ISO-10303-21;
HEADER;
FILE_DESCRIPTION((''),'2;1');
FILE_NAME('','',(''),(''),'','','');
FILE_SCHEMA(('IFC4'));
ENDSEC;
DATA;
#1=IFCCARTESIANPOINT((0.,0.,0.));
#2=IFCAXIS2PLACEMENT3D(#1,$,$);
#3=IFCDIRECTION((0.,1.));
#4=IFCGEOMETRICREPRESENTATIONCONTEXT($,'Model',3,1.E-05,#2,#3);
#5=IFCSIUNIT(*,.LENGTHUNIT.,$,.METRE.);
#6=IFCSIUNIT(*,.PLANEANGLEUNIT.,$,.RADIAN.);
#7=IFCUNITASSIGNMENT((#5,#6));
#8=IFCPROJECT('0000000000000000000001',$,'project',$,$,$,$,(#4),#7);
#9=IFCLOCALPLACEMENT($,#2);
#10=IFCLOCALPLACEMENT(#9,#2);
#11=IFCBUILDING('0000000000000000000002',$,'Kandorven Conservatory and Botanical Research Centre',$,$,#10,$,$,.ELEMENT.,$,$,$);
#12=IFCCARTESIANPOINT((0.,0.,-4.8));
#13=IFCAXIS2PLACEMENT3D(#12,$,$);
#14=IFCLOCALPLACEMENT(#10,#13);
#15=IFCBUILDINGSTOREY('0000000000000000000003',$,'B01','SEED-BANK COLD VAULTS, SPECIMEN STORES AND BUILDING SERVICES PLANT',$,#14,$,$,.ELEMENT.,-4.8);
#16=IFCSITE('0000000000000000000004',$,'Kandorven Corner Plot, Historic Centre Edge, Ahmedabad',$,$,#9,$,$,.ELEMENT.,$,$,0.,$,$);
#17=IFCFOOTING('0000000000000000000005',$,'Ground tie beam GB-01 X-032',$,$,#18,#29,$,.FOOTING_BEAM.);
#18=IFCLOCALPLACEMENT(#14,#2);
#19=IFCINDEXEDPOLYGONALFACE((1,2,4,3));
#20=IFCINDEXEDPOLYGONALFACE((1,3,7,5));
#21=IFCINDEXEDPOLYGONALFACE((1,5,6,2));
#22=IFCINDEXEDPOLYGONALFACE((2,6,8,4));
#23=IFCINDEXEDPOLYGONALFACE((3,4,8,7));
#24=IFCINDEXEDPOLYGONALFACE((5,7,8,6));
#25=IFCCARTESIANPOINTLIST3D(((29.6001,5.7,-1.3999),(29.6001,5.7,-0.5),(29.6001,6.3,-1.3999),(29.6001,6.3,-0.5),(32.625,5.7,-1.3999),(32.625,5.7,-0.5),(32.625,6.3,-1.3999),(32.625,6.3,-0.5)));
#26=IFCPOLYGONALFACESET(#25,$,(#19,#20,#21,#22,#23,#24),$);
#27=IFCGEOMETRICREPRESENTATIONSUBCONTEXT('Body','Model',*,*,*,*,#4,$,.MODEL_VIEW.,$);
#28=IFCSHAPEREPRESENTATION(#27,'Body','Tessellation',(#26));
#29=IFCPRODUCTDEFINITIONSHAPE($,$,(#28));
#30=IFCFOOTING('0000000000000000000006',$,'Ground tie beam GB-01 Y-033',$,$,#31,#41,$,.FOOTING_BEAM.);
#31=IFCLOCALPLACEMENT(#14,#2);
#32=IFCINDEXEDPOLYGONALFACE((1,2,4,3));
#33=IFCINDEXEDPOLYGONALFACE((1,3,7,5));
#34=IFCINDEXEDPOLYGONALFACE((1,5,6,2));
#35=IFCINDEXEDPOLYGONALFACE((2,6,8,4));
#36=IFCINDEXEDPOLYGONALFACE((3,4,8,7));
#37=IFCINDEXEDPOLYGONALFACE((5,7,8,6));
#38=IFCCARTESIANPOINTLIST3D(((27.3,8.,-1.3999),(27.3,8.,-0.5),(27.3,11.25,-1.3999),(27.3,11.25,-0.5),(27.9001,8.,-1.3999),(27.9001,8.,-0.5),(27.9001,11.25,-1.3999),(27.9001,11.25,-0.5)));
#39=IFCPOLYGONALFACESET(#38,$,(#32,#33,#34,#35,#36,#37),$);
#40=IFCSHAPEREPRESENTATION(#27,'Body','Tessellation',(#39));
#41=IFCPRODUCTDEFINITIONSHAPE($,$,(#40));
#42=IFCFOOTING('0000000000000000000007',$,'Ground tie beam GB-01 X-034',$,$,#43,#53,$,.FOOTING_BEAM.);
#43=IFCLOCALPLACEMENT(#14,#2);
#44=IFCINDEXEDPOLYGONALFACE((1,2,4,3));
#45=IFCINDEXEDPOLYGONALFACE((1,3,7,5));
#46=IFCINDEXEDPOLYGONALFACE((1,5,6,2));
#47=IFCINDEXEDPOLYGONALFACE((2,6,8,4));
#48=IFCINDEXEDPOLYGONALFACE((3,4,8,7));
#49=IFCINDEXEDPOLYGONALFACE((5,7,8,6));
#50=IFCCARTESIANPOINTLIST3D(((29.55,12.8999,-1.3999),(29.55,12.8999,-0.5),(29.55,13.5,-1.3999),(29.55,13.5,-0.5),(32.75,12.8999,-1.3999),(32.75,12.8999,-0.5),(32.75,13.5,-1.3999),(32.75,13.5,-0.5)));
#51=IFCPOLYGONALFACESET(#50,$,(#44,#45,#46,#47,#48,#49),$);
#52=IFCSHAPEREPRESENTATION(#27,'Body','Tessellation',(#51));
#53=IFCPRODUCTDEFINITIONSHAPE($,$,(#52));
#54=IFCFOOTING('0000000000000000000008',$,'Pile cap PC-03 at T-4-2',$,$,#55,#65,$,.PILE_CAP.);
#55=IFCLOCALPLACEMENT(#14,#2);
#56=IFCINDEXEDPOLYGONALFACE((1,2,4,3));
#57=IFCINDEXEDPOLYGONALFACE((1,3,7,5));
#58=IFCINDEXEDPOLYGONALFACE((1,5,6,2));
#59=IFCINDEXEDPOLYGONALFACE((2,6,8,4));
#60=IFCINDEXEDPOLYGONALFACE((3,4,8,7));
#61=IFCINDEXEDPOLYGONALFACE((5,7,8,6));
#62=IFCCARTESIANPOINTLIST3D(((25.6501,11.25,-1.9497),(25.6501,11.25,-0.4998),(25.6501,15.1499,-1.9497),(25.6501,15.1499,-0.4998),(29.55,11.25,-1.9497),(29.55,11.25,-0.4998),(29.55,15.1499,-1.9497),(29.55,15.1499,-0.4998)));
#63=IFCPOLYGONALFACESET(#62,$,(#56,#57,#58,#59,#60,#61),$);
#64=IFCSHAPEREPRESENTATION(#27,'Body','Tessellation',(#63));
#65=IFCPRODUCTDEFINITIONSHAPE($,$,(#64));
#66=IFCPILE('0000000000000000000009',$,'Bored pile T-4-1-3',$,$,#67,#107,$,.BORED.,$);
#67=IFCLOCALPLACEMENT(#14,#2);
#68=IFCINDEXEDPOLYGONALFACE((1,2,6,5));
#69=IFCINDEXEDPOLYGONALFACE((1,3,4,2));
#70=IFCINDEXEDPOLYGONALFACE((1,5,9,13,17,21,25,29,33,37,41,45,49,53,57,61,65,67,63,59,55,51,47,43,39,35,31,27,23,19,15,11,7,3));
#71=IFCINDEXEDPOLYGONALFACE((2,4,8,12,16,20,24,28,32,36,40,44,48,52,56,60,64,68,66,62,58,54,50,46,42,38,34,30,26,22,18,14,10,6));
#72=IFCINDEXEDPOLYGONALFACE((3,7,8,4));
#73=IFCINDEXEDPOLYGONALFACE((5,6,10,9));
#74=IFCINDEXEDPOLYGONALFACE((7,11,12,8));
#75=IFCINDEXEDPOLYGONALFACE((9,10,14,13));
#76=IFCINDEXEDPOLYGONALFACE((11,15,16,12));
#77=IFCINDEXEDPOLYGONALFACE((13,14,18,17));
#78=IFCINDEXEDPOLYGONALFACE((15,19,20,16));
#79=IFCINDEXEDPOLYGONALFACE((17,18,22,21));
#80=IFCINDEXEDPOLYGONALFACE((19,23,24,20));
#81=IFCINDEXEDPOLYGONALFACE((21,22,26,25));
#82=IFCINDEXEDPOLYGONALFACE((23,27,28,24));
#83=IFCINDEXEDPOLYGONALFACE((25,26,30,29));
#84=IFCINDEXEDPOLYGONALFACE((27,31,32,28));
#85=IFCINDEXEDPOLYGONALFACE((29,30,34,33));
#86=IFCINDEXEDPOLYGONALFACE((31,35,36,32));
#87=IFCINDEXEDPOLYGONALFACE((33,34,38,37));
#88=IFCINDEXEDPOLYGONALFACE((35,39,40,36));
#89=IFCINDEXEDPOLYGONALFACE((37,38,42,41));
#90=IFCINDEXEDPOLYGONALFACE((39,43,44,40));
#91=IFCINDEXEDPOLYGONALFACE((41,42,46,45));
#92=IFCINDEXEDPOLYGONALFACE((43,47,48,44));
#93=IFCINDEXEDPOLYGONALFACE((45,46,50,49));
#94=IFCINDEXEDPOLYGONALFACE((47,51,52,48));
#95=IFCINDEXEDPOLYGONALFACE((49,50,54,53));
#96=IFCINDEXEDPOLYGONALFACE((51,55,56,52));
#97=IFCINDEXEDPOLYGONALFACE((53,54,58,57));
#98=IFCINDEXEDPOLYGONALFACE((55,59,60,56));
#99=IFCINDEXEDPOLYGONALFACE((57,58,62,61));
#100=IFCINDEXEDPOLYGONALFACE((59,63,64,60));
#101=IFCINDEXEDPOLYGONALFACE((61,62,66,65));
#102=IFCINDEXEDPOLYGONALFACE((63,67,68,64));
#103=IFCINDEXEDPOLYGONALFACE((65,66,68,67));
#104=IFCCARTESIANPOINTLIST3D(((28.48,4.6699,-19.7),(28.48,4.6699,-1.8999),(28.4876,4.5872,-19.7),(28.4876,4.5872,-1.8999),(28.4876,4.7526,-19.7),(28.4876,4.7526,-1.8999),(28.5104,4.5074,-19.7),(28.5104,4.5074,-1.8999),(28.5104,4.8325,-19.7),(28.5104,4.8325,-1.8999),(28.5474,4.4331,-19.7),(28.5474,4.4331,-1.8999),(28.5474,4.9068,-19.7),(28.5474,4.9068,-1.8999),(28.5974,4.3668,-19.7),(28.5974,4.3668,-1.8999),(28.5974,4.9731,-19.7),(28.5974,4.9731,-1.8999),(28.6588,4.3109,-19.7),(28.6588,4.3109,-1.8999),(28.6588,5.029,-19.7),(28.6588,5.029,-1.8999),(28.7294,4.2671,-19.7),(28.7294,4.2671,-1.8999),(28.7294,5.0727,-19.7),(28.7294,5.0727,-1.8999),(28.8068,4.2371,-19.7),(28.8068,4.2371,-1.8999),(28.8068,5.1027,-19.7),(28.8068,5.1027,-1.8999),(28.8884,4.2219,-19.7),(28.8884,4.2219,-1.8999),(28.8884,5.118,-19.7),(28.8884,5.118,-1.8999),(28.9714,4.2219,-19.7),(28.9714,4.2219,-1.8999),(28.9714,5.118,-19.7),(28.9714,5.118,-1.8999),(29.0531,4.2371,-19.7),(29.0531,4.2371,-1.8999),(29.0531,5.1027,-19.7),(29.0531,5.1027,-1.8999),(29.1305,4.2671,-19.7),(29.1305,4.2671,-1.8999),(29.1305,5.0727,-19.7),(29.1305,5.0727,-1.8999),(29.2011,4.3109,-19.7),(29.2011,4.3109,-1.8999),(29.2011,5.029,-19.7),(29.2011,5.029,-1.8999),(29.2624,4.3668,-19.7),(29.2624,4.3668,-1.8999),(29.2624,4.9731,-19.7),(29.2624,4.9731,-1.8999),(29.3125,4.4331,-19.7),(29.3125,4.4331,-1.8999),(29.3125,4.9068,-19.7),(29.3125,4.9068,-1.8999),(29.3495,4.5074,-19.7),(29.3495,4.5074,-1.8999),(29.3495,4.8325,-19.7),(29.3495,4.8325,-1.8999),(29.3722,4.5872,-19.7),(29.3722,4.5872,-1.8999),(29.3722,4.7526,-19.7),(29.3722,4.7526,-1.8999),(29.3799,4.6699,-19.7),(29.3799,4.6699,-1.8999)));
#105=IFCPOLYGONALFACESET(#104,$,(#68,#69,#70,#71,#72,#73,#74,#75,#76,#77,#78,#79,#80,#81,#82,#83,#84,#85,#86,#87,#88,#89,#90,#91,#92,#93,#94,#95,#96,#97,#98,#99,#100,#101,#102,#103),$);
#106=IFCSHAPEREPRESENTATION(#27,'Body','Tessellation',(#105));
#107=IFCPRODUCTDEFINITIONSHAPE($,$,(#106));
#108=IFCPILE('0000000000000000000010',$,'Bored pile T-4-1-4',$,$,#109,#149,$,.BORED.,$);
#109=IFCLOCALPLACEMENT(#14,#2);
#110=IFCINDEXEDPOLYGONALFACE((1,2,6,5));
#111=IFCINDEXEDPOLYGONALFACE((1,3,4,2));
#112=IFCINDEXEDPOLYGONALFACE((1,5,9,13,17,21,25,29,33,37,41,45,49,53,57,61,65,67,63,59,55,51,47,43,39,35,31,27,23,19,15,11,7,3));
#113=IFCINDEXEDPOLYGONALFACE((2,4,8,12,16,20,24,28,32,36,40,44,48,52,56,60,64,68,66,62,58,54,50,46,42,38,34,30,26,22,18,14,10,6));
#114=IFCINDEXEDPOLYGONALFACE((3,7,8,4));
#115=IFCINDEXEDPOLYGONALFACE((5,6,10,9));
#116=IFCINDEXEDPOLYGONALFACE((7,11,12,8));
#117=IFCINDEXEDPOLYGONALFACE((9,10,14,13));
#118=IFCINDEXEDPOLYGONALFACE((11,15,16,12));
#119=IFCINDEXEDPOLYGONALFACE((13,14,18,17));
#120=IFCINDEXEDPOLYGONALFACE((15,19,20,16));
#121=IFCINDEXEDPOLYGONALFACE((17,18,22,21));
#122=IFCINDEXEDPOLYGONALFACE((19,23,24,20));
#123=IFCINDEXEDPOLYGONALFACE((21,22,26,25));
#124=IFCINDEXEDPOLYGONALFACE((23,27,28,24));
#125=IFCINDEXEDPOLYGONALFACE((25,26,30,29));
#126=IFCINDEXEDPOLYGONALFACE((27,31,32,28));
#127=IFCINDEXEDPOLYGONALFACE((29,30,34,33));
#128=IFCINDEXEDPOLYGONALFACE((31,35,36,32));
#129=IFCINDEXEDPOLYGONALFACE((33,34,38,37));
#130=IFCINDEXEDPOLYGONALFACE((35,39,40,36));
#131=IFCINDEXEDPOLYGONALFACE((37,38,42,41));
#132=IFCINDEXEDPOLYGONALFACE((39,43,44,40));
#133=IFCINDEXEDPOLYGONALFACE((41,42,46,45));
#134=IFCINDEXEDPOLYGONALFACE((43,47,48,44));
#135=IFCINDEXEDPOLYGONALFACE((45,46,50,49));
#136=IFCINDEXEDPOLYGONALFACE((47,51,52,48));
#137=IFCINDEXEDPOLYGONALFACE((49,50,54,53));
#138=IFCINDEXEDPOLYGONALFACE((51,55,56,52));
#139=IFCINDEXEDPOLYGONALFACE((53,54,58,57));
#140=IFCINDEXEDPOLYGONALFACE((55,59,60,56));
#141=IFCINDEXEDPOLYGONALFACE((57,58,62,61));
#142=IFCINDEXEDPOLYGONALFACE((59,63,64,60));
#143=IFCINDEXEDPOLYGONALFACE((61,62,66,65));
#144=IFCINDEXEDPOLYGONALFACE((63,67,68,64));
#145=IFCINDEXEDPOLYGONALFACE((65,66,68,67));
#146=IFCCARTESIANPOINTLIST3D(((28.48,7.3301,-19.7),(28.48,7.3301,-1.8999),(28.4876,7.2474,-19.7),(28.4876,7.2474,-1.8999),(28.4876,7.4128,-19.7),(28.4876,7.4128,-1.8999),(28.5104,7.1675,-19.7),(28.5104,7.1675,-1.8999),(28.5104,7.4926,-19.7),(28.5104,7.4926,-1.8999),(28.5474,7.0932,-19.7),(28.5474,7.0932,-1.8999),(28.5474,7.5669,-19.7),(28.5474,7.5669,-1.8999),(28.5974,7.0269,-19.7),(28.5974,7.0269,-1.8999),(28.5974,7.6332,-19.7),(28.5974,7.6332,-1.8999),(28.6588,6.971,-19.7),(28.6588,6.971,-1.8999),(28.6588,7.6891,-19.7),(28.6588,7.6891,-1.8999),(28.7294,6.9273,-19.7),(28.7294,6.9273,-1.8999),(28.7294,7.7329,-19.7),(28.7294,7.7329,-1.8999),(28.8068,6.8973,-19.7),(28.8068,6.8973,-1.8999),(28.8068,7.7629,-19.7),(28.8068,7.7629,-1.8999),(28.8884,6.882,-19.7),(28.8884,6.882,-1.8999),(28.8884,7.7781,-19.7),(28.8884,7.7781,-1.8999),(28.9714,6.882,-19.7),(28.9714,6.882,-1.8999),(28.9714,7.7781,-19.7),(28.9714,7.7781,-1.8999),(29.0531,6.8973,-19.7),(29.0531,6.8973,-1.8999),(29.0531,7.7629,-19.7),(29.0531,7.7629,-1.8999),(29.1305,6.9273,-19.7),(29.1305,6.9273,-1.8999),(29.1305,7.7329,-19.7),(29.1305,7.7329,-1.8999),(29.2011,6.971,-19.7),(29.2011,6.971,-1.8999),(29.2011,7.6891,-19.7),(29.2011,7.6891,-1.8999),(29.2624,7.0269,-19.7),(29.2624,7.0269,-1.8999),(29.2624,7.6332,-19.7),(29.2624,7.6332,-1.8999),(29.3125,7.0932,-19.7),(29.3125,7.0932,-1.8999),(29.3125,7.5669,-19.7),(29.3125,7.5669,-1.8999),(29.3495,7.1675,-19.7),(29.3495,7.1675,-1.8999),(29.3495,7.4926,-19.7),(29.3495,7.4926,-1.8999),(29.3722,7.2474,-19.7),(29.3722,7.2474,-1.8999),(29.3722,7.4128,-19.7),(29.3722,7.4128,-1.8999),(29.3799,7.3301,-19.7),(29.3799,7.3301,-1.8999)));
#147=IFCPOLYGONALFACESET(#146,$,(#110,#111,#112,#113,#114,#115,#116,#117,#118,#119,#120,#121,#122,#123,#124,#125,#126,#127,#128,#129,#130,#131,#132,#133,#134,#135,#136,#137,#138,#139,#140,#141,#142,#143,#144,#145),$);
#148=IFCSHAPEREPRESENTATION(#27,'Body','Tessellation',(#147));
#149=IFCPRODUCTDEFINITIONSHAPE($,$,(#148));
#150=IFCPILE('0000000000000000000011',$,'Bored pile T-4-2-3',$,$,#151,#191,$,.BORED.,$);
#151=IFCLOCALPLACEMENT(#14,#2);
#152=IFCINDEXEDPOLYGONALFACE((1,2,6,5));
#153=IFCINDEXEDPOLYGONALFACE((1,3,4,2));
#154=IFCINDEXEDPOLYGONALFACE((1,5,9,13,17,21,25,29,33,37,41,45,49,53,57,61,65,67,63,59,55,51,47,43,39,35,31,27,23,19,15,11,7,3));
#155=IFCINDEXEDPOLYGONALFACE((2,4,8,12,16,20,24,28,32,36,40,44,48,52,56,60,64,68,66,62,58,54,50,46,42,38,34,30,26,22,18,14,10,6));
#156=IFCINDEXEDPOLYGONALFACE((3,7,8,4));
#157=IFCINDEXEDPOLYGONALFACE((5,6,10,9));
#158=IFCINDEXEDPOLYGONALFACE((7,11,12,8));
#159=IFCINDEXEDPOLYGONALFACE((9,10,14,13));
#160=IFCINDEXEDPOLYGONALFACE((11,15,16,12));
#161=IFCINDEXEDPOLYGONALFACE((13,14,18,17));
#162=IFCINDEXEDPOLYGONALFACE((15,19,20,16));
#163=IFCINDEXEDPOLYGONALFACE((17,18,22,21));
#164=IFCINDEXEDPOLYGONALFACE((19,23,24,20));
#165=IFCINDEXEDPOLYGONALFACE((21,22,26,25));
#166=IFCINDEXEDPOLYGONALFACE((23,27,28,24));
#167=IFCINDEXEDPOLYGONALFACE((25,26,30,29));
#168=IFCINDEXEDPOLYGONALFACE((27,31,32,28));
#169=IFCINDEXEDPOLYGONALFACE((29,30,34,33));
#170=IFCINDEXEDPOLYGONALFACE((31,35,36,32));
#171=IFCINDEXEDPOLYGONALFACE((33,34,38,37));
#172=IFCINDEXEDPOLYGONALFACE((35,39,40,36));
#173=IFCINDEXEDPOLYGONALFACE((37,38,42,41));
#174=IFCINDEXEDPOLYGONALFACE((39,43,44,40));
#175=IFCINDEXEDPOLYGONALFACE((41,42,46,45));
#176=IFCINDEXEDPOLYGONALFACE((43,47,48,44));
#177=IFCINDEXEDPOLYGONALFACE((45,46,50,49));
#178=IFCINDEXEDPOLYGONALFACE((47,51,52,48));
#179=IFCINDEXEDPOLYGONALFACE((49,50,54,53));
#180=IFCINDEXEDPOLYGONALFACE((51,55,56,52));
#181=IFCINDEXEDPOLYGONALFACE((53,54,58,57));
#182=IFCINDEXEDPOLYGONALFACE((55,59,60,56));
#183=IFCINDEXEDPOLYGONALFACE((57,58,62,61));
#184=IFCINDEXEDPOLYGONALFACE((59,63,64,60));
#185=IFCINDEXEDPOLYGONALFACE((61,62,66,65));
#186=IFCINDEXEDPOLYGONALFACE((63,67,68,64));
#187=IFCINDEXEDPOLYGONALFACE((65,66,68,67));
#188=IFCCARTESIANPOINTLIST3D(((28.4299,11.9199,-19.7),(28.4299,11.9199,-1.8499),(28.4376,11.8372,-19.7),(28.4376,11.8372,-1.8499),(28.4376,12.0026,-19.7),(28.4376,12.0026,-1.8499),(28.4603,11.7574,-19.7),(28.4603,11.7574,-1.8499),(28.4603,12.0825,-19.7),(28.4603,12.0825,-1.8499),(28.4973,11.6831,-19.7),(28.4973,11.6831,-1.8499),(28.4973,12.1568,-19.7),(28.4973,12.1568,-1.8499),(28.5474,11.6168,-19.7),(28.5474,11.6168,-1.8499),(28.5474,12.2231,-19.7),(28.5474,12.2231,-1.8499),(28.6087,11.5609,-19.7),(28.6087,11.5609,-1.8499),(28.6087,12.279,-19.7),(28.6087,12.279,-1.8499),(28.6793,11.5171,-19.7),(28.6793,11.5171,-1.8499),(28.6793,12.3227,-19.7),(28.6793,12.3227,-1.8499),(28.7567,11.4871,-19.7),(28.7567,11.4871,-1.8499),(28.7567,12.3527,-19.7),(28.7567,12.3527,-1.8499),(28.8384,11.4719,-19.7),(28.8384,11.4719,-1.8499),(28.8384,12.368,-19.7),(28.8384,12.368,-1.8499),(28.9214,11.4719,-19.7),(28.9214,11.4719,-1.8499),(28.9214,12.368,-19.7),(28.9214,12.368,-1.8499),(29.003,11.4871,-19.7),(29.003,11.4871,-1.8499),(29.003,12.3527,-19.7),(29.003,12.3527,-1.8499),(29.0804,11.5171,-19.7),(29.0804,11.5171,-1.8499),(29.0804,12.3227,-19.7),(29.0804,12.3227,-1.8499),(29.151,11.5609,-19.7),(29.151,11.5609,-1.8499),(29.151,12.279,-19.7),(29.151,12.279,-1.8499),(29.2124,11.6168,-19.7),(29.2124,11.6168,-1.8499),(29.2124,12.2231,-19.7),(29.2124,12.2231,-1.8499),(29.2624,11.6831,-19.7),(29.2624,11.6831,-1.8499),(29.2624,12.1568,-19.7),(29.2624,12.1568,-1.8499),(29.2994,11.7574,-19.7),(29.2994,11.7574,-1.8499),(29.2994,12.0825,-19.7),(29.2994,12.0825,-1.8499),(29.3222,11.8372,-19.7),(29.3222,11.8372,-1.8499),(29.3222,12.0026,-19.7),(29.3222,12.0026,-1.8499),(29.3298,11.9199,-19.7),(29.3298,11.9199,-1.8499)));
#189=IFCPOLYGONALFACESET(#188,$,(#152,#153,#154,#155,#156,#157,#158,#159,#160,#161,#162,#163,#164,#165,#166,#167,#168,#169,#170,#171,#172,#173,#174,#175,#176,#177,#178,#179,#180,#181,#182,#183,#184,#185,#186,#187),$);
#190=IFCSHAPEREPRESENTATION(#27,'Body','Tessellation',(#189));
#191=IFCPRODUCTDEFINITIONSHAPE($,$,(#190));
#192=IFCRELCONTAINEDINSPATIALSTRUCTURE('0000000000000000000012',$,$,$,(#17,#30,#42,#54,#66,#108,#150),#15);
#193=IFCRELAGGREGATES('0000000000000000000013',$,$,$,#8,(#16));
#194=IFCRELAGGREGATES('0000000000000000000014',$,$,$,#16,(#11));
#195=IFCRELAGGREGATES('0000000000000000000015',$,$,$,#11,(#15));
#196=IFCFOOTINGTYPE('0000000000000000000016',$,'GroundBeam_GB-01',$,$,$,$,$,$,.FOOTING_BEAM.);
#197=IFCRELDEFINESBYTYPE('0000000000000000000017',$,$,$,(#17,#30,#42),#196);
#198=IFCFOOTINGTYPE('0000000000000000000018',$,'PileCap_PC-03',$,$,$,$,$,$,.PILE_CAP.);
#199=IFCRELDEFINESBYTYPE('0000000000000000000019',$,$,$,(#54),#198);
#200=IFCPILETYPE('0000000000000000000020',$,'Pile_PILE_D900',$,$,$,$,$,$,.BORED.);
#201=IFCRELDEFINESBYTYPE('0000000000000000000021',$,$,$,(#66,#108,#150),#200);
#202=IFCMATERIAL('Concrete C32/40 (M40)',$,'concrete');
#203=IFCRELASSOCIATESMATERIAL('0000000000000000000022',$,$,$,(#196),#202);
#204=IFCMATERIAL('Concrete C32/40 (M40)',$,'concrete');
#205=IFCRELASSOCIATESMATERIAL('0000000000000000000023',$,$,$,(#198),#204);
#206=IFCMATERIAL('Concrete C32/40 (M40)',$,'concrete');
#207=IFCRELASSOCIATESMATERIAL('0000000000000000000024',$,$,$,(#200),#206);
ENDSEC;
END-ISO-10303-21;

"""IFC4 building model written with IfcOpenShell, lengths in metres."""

from ifc_helpers import new_model, si_unit, direction, frame, origin, origin_2d, place, context, subcontext, project, spatial, rectangle, circle, extrude, material, material_profile, profile_set, type_object, element, save


model = new_model("IFC4")

# Units and contexts
model_context = context("Model", 3, precision=1e-05, world=origin(), true_north=direction((0.0, 1.0)))
body_context = subcontext(model_context, "Body", "Model", "MODEL_VIEW")
ifc_project = project(units=[si_unit("LENGTHUNIT", "METRE"), si_unit("PLANEANGLEUNIT", "RADIAN")], contexts=[model_context])

# Site, building, storey
site_placement = place(None, origin())
site = spatial("IfcSite", under=ifc_project, at=site_placement, Name="Kandorven Corner Plot, Historic Centre Edge, Ahmedabad", CompositionType="ELEMENT", RefElevation=0.0)
building_placement = place(site_placement, origin())
building = spatial("IfcBuilding", under=site, at=building_placement, Name="Kandorven Conservatory and Botanical Research Centre", CompositionType="ELEMENT")
storey_placement = place(building_placement, frame((0.0, 0.0, -4.8)))
storey = spatial("IfcBuildingStorey", under=building, at=storey_placement, Name="B01", Description="SEED-BANK COLD VAULTS, SPECIMEN STORES AND BUILDING SERVICES PLANT", CompositionType="ELEMENT", Elevation=-4.8)

# Footings
ifc_material_1 = material(Name="Concrete C32/40 (M40)", Category="concrete")
ifc_material_profile_1 = material_profile(ifc_material_1, rectangle(XDim=0.6001, YDim=0.8999, at=origin_2d()))
ifc_profile_set_1 = profile_set([ifc_material_profile_1], Name="Concrete C32/40 (M40)")
footing_type_1 = type_object("IfcFootingType", Name="GroundBeam_GB-01", PredefinedType="FOOTING_BEAM", material=ifc_profile_set_1)
footing_1_placement = place(storey_placement, frame((29.6001, 6.0, -0.95), z_axis=(1.0, 0.0, 0.0), x_axis=(0.0, 1.0, 0.0)))
element("IfcFooting", 1, at=footing_1_placement, inside=storey, type_object=footing_type_1, Name="Ground tie beam GB-01 X-032", PredefinedType="FOOTING_BEAM", context=body_context, shape_type="SweptSolid", body=[
    extrude(rectangle(XDim=0.6001, YDim=0.8999, at=origin_2d()), origin(), (0.0, 0.0, 1.0), 3.0249),
])
footing_2_placement = place(storey_placement, frame((27.6001, 8.0, -0.95), z_axis=(0.0, 1.0, 0.0), x_axis=(-1.0, 0.0, 0.0)))
element("IfcFooting", 2, at=footing_2_placement, inside=storey, type_object=footing_type_1, Name="Ground tie beam GB-01 Y-033", PredefinedType="FOOTING_BEAM", context=body_context, shape_type="SweptSolid", body=[
    extrude(rectangle(XDim=0.6001, YDim=0.8999, at=origin_2d()), origin(), (0.0, 0.0, 1.0), 3.25),
])
footing_3_placement = place(storey_placement, frame((29.55, 13.2, -0.95), z_axis=(1.0, 0.0, 0.0), x_axis=(0.0, 1.0, 0.0)))
element("IfcFooting", 3, at=footing_3_placement, inside=storey, type_object=footing_type_1, Name="Ground tie beam GB-01 X-034", PredefinedType="FOOTING_BEAM", context=body_context, shape_type="SweptSolid", body=[
    extrude(rectangle(XDim=0.6001, YDim=0.8999, at=origin_2d()), origin(), (0.0, 0.0, 1.0), 3.2),
])
ifc_material_2 = material(Name="Concrete C32/40 (M40)", Category="concrete")
footing_type_2 = type_object("IfcFootingType", Name="PileCap_PC-03", PredefinedType="PILE_CAP", material=ifc_material_2)
footing_4_placement = place(storey_placement, frame((27.6001, 13.2, -1.9497), z_axis=(0.0, 0.0, 1.0), x_axis=(1.0, 0.0, 0.0)))
element("IfcFooting", 4, at=footing_4_placement, inside=storey, type_object=footing_type_2, Name="Pile cap PC-03 at T-4-2", PredefinedType="PILE_CAP", context=body_context, shape_type="SweptSolid", body=[
    extrude(rectangle(XDim=3.8999, YDim=3.8999, at=origin_2d()), origin(), (0.0, 0.0, 1.0), 1.45),
])

# Piles
ifc_material_3 = material(Name="Concrete C32/40 (M40)", Category="concrete")
ifc_material_profile_2 = material_profile(ifc_material_3, circle(Radius=0.45, at=origin_2d()))
ifc_profile_set_2 = profile_set([ifc_material_profile_2], Name="Concrete C32/40 (M40)")
pile_type = type_object("IfcPileType", Name="Pile_PILE_D900", PredefinedType="BORED", material=ifc_profile_set_2)
for number, where, z_axis, x_axis, name in (
    (5, (28.9299, 4.6699, -1.8999), (0.0, 0.0, -1.0), (1.0, 0.0, 0.0), "Bored pile T-4-1-3"),
    (6, (28.9299, 7.3301, -1.8999), (0.0, 0.0, -1.0), (1.0, 0.0, 0.0), "Bored pile T-4-1-4"),
):
    element("IfcPile", number, at=place(storey_placement, frame(where, z_axis=z_axis, x_axis=x_axis)), inside=storey, type_object=pile_type, Name=name, PredefinedType="BORED", context=body_context, shape_type="SweptSolid", body=[
        extrude(circle(Radius=0.45, at=origin_2d()), origin(), (0.0, 0.0, 1.0), 17.8),
    ])
pile_1_placement = place(storey_placement, frame((28.8799, 11.9199, -1.8499), z_axis=(0.0, 0.0, -1.0), x_axis=(1.0, 0.0, 0.0)))
element("IfcPile", 7, at=pile_1_placement, inside=storey, type_object=pile_type, Name="Bored pile T-4-2-3", PredefinedType="BORED", context=body_context, shape_type="SweptSolid", body=[
    extrude(circle(Radius=0.45, at=origin_2d()), origin(), (0.0, 0.0, 1.0), 17.8501),
])

save(model, "model.ifc")
